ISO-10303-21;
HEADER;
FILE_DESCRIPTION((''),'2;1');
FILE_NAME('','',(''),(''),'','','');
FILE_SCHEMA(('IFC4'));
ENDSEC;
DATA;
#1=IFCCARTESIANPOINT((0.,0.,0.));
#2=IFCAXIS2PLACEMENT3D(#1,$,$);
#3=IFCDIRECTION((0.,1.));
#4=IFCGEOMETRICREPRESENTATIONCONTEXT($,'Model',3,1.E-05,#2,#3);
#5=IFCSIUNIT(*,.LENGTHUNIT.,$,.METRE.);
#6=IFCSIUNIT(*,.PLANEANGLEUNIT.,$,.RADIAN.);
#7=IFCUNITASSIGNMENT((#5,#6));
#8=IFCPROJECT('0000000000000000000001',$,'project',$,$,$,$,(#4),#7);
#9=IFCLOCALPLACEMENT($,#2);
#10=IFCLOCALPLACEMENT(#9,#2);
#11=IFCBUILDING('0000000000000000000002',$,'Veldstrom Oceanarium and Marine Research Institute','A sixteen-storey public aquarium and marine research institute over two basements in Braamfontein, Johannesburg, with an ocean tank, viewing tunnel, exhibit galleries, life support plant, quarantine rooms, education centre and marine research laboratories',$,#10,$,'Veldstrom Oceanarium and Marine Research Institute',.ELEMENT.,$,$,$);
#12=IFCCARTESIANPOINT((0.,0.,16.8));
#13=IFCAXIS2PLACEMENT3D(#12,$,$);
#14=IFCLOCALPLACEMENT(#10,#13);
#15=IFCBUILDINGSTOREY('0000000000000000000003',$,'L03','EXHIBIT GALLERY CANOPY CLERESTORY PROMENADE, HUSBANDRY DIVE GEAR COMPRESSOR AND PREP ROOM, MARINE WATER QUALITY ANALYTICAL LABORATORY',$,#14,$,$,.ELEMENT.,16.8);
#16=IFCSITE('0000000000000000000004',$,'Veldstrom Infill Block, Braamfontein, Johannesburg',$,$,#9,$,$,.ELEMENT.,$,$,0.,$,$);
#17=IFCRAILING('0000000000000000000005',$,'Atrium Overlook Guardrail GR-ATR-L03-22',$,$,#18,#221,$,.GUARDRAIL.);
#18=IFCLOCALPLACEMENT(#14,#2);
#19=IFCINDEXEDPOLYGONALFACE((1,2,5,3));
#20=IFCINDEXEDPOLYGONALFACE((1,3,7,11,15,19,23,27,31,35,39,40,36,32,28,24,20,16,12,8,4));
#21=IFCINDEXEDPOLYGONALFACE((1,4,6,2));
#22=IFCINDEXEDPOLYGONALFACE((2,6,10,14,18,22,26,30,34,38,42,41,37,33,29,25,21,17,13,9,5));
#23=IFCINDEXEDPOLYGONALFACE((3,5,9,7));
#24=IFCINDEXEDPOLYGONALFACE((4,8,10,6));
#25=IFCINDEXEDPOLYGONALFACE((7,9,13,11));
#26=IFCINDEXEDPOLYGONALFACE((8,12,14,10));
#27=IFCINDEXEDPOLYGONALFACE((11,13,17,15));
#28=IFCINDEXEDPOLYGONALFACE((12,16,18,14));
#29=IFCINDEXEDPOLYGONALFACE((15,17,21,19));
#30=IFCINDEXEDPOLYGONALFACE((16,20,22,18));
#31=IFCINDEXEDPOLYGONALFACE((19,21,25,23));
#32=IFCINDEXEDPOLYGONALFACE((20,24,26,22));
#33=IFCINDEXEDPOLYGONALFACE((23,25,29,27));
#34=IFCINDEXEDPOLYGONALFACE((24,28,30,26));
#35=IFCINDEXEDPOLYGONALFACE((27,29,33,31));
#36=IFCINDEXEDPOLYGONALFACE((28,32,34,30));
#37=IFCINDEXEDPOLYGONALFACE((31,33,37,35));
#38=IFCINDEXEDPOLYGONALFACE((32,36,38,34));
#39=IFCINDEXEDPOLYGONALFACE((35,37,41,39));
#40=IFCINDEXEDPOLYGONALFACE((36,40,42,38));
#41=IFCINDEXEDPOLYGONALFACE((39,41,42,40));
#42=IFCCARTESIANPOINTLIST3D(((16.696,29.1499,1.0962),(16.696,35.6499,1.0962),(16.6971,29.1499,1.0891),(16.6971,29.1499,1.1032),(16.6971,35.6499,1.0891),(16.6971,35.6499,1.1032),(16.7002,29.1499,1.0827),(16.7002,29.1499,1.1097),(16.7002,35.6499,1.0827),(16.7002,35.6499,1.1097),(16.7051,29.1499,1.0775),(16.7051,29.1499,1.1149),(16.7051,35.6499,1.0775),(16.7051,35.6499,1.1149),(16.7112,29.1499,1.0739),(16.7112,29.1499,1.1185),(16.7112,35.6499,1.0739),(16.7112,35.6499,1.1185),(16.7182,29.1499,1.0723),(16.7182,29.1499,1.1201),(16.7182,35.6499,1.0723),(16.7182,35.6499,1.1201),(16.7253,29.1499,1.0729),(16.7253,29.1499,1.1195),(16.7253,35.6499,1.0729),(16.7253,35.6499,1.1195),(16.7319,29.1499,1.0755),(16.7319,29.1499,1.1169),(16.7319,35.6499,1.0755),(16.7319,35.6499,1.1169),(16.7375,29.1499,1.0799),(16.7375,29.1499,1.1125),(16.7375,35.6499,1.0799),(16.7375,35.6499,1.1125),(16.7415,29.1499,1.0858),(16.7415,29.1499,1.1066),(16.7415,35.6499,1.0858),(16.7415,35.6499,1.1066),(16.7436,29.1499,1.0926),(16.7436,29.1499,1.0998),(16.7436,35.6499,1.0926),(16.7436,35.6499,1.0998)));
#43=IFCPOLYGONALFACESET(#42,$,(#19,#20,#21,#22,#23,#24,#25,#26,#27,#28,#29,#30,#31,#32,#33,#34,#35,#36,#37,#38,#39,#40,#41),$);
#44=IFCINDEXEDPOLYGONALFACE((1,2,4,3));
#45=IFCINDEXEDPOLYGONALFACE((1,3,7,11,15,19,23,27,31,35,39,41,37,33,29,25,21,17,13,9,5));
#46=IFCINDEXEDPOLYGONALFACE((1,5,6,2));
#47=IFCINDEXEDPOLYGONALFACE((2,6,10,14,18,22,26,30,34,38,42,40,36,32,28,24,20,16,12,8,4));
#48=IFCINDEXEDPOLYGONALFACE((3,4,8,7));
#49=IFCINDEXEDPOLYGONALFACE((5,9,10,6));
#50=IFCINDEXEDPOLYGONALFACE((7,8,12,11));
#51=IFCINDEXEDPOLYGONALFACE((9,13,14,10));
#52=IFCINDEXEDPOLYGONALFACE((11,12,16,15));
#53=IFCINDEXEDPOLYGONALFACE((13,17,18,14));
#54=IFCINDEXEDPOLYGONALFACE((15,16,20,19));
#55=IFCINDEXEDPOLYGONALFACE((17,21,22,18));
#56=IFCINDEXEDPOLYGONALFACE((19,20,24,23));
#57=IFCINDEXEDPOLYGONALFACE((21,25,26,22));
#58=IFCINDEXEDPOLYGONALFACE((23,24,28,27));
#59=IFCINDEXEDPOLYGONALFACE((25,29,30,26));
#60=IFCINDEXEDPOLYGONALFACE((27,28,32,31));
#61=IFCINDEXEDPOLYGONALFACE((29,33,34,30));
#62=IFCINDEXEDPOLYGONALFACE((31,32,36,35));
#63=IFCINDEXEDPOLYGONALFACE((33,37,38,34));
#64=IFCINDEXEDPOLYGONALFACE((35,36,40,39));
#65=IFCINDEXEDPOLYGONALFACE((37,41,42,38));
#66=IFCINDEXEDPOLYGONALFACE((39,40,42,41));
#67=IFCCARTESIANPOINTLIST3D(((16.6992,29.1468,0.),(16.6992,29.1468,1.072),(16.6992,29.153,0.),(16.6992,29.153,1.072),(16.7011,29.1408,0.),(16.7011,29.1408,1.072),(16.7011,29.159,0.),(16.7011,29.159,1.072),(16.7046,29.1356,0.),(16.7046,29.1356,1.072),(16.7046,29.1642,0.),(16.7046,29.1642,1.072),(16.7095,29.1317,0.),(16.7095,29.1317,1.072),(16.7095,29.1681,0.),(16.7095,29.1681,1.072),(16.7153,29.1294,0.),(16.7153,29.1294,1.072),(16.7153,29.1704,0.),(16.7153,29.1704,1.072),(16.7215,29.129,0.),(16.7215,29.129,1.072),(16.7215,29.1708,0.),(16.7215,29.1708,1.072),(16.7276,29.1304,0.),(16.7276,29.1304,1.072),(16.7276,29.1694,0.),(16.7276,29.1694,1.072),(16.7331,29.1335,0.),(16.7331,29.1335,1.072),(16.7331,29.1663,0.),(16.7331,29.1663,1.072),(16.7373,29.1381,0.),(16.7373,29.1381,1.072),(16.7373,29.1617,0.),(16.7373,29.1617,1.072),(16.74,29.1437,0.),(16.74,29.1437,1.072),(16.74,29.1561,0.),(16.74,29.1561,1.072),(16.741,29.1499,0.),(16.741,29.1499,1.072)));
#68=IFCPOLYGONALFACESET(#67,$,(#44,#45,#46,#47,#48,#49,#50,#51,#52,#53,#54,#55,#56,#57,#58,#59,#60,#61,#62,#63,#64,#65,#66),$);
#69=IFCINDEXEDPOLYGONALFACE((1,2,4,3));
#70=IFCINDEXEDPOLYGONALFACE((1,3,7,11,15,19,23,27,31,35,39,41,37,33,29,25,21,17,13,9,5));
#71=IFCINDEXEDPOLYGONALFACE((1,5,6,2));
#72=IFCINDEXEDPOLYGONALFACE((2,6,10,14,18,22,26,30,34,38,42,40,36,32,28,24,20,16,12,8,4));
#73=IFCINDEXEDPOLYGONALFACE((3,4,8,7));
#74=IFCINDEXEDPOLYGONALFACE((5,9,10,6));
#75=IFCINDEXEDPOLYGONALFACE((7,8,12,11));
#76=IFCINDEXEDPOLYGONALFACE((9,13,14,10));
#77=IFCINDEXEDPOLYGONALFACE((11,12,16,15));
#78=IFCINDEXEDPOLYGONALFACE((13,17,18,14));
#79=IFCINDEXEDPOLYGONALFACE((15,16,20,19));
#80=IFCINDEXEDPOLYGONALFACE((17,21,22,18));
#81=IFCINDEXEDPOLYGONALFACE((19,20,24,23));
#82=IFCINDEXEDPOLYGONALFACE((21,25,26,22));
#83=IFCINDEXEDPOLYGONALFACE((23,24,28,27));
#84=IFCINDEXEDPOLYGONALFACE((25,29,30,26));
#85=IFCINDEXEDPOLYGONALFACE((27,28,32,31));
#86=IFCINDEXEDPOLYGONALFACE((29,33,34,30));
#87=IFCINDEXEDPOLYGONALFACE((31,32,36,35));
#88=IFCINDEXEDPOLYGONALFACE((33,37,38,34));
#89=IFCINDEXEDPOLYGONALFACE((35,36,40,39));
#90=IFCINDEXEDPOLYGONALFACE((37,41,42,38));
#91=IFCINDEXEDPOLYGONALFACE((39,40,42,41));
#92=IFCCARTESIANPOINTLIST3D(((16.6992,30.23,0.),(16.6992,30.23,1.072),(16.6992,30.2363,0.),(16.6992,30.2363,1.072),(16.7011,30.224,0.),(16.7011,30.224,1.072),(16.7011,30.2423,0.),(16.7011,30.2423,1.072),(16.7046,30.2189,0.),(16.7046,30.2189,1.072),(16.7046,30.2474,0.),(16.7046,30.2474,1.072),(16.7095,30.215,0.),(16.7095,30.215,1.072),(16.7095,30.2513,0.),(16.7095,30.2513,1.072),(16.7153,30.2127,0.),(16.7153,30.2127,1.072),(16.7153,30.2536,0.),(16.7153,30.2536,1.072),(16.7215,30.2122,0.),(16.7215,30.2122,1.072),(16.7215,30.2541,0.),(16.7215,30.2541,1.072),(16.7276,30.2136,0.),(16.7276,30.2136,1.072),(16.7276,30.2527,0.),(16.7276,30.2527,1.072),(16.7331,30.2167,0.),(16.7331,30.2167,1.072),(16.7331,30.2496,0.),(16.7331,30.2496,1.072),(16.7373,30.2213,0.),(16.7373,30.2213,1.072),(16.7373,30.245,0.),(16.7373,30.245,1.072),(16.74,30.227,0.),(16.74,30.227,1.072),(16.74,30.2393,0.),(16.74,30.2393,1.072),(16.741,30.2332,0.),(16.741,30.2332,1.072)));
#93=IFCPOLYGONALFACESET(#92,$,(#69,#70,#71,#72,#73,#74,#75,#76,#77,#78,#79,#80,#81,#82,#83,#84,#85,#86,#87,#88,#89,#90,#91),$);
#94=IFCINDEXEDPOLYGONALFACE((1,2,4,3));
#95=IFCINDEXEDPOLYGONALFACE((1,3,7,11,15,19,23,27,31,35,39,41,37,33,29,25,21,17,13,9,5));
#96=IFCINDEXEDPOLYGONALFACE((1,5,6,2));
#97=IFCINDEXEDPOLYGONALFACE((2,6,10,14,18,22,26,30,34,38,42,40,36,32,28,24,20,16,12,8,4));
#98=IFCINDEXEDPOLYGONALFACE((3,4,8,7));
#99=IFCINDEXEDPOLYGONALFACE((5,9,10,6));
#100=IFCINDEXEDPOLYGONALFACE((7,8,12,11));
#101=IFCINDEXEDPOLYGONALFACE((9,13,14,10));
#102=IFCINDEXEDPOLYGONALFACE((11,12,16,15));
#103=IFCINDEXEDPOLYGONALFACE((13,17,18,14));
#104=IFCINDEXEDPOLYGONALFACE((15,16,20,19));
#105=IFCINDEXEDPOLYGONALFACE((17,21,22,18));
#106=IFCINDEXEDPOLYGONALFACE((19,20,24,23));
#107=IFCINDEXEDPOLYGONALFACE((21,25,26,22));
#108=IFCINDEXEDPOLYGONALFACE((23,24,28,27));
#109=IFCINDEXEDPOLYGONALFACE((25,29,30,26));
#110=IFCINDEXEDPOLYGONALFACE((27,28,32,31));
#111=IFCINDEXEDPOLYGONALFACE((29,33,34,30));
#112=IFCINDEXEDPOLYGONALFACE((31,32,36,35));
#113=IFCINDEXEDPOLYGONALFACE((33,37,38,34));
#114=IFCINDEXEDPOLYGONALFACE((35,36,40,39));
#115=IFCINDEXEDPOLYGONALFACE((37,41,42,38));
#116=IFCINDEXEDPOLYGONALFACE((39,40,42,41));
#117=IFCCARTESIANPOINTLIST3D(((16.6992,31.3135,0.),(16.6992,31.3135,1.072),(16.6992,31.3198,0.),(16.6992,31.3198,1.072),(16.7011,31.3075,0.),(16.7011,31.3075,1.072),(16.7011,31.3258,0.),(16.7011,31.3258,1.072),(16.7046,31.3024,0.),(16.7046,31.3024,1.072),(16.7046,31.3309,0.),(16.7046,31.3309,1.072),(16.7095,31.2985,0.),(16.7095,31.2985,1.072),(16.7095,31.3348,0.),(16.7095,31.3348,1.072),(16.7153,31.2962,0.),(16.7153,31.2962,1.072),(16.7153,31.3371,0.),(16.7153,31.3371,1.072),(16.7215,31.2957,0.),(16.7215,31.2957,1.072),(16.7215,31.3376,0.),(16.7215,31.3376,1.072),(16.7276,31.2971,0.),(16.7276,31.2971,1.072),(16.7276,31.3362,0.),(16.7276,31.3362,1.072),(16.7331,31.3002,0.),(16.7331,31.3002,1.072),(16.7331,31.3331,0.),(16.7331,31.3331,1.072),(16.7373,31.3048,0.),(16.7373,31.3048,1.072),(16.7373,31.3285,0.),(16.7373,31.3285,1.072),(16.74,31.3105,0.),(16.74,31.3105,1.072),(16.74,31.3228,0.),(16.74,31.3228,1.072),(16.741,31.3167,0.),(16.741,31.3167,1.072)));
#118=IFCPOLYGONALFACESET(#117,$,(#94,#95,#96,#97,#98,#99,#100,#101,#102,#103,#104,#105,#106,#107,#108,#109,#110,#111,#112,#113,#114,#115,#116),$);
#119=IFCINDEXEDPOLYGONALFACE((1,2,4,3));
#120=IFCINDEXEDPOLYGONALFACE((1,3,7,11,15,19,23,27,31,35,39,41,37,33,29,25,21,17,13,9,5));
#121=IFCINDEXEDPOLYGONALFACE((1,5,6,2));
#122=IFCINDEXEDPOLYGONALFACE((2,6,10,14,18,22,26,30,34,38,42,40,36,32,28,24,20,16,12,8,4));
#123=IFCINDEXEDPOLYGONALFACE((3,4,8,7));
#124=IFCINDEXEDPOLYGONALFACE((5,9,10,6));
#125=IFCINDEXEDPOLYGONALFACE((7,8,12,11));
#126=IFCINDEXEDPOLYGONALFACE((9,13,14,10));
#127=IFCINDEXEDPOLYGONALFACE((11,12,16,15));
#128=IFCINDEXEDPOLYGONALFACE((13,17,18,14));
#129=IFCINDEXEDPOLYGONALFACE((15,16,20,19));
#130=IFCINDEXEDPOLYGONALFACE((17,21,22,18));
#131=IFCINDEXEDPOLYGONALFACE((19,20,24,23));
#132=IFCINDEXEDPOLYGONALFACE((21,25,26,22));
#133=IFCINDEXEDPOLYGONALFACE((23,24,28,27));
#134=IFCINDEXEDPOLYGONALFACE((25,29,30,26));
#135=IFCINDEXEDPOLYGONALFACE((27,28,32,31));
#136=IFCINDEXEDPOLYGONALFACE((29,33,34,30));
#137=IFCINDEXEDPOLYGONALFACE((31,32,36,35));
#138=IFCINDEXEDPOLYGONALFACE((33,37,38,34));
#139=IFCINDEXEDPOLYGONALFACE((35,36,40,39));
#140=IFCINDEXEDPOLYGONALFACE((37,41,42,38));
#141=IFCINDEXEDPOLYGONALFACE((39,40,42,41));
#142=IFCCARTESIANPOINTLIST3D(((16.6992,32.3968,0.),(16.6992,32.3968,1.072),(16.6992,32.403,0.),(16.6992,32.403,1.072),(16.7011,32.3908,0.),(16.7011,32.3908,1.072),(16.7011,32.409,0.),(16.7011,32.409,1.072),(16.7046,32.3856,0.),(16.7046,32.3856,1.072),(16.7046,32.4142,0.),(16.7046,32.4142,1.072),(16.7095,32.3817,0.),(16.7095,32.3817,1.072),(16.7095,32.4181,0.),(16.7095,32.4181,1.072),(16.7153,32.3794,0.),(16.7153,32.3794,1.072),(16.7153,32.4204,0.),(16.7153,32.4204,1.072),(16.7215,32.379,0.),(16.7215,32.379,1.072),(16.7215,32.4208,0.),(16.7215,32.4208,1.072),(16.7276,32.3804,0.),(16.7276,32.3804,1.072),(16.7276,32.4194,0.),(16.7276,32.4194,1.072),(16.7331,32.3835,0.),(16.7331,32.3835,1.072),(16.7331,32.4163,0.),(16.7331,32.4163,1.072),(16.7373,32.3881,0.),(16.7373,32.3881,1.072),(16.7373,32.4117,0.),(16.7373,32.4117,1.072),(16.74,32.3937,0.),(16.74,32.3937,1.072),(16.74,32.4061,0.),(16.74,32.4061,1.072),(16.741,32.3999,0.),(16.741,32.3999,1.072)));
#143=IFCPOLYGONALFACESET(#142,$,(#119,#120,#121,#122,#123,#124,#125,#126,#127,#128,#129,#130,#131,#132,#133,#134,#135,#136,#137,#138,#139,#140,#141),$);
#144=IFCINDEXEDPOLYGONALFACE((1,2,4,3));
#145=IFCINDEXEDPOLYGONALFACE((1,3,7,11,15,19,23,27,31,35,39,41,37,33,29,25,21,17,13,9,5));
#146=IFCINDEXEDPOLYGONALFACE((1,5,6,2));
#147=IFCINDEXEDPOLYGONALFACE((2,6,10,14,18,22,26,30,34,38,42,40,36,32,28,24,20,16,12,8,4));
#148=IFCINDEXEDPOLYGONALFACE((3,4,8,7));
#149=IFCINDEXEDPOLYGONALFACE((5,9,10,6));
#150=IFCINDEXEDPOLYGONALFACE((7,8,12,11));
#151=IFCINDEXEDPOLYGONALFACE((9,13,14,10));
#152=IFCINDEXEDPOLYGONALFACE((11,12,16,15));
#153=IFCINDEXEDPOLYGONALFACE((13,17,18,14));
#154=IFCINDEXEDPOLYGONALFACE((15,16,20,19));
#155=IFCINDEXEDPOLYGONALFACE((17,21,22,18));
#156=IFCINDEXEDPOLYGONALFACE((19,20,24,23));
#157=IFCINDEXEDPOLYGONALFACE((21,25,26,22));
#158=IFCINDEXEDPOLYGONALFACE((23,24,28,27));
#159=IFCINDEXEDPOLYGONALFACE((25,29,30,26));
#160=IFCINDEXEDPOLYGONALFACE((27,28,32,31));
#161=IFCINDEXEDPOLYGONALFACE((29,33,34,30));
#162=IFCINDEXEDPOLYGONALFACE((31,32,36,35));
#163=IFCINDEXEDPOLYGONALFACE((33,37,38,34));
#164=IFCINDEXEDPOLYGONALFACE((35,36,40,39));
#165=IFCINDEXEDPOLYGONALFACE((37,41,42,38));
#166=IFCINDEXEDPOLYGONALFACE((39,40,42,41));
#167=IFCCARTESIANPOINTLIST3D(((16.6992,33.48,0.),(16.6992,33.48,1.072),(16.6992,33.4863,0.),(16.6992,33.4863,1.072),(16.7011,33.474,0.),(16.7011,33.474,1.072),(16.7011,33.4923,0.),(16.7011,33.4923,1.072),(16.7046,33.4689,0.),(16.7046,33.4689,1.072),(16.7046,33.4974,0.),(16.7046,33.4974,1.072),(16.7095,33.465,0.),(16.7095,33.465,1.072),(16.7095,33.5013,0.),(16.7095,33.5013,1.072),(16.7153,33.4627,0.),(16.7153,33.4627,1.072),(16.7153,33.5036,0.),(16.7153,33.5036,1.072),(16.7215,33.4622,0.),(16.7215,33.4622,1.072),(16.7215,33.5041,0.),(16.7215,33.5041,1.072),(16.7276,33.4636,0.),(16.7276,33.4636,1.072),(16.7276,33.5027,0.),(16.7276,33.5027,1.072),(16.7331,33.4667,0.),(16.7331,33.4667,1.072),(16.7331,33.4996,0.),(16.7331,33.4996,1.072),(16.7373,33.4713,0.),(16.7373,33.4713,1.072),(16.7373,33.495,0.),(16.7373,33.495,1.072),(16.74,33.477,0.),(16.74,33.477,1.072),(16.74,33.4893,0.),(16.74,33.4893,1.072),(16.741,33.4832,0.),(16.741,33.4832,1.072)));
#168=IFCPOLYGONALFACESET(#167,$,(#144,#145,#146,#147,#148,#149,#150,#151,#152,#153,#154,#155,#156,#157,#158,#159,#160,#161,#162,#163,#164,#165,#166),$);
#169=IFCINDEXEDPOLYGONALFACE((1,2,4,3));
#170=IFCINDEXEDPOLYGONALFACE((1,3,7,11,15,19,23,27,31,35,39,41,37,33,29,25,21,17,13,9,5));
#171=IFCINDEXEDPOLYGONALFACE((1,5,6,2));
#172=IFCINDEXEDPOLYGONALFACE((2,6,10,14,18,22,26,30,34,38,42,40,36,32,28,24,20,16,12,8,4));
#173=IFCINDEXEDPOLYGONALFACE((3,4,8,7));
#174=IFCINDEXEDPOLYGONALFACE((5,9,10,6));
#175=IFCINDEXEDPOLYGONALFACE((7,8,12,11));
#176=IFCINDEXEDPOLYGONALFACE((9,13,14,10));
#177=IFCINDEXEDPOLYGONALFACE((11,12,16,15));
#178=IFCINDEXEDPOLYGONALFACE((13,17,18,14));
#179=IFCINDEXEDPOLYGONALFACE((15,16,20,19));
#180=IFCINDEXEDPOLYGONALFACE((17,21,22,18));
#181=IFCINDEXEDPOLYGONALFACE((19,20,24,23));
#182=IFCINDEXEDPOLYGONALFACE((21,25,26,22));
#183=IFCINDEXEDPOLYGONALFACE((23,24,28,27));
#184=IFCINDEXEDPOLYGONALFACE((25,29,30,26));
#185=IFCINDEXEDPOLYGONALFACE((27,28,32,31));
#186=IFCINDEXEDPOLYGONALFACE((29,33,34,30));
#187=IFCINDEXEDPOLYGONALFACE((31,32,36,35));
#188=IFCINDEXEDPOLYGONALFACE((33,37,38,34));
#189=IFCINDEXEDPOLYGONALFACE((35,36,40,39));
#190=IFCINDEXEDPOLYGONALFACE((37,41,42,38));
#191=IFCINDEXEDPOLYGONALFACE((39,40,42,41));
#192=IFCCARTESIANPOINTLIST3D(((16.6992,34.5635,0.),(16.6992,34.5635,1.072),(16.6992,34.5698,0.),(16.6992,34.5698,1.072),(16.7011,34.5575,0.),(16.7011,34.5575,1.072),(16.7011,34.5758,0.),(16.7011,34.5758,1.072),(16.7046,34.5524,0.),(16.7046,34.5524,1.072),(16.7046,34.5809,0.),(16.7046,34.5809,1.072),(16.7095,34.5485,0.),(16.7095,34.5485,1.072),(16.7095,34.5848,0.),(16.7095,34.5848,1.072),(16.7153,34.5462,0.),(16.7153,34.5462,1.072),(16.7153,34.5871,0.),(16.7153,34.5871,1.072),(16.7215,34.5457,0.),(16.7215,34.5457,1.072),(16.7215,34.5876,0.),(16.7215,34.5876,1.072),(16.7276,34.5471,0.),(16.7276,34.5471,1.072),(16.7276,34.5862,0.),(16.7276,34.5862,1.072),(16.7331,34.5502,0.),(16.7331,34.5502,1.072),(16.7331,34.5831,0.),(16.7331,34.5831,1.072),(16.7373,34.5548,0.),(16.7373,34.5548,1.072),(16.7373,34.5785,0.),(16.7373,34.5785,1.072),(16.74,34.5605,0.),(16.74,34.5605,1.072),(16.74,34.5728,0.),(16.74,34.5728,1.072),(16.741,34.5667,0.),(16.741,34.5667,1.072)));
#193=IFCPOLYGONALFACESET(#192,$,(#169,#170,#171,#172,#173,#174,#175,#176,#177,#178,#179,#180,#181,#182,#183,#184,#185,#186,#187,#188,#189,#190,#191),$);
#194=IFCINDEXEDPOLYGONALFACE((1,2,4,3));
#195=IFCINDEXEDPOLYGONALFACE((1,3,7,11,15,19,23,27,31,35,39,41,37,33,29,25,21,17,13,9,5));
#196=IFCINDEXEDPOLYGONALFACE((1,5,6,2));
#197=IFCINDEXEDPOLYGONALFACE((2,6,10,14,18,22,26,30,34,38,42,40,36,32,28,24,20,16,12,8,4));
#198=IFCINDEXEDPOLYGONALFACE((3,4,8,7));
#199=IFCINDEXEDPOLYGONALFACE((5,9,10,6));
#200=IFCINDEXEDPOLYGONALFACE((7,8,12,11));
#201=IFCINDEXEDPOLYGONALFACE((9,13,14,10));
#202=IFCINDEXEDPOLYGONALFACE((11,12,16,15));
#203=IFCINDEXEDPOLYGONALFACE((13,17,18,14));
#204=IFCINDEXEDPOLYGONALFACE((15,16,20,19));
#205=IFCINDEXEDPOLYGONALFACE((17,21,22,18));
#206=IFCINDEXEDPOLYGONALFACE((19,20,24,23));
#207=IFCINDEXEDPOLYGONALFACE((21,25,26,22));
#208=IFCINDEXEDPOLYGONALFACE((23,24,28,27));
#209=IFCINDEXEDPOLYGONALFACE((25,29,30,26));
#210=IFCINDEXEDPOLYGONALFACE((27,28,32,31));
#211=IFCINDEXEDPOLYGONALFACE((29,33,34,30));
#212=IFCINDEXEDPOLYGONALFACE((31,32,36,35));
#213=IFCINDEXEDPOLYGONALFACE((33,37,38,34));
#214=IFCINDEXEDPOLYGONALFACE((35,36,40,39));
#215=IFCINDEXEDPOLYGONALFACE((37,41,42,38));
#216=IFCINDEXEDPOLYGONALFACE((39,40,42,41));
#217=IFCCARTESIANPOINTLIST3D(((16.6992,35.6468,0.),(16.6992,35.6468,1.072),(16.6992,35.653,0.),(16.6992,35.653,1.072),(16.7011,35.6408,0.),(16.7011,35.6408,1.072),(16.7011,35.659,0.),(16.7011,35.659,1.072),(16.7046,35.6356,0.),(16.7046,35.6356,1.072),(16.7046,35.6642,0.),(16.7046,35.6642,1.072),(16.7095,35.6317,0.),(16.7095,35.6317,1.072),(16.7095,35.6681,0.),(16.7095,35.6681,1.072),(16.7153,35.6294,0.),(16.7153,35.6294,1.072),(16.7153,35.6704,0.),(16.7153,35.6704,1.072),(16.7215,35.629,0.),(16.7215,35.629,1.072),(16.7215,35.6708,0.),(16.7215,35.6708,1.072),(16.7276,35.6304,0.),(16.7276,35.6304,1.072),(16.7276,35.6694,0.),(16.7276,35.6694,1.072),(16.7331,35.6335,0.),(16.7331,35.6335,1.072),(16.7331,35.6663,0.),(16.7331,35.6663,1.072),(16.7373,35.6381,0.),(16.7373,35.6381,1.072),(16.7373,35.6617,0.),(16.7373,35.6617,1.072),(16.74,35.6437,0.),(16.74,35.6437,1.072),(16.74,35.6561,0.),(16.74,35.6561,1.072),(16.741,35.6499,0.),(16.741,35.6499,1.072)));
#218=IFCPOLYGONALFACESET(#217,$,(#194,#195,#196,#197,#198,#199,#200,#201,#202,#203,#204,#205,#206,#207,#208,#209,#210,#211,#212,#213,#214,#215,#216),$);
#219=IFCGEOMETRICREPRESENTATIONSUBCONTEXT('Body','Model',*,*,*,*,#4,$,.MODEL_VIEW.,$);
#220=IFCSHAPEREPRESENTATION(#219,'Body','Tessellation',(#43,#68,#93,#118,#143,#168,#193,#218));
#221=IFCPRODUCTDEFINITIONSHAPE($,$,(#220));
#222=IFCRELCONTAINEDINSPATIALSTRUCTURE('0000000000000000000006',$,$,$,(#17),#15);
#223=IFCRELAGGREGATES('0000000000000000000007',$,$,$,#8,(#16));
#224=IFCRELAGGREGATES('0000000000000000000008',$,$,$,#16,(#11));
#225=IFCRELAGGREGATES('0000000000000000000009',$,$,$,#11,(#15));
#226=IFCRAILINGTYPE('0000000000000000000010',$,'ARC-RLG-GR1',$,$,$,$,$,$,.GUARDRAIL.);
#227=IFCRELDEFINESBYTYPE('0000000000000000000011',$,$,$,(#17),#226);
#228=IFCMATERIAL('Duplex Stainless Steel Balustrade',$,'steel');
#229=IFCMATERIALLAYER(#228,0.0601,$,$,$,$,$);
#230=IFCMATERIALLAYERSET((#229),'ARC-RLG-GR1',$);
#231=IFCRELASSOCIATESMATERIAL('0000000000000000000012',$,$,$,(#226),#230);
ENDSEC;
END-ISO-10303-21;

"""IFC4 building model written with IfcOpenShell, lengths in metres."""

from ifc_helpers import new_model, si_unit, direction, frame, origin, origin_2d, place, context, subcontext, project, spatial, circle, extrude, material, layer, layer_set, type_object, element, save


model = new_model("IFC4")

# Units and contexts
model_context = context("Model", 3, precision=1e-05, world=origin(), true_north=direction((0.0, 1.0)))
body_context = subcontext(model_context, "Body", "Model", "MODEL_VIEW")
ifc_project = project(units=[si_unit("LENGTHUNIT", "METRE"), si_unit("PLANEANGLEUNIT", "RADIAN")], contexts=[model_context])

# Site, building, storey
site_placement = place(None, origin())
site = spatial("IfcSite", under=ifc_project, at=site_placement, Name="Veldstrom Infill Block, Braamfontein, Johannesburg", CompositionType="ELEMENT", RefElevation=0.0)
building_placement = place(site_placement, origin())
building = spatial("IfcBuilding", under=site, at=building_placement, Name="Veldstrom Oceanarium and Marine Research Institute", Description="A sixteen-storey public aquarium and marine research institute over two basements in Braamfontein, Johannesburg, with an ocean tank, viewing tunnel, exhibit galleries, life support plant, quarantine rooms, education centre and marine research laboratories", LongName="Veldstrom Oceanarium and Marine Research Institute", CompositionType="ELEMENT")
storey_placement = place(building_placement, frame((0.0, 0.0, 16.8)))
storey = spatial("IfcBuildingStorey", under=building, at=storey_placement, Name="L03", Description="EXHIBIT GALLERY CANOPY CLERESTORY PROMENADE, HUSBANDRY DIVE GEAR COMPRESSOR AND PREP ROOM, MARINE WATER QUALITY ANALYTICAL LABORATORY", CompositionType="ELEMENT", Elevation=16.8)

# Railing
ifc_material_1 = material(Name="Duplex Stainless Steel Balustrade", Category="steel")
ifc_layer_1 = layer(ifc_material_1, 0.0601)
ifc_layer_set_1 = layer_set([ifc_layer_1], Name="ARC-RLG-GR1")
railing_type = type_object("IfcRailingType", Name="ARC-RLG-GR1", PredefinedType="GUARDRAIL", material=ifc_layer_set_1)
railing_placement = place(storey_placement, frame((16.72, 29.1499, 0.0)))
element("IfcRailing", 1, at=railing_placement, inside=storey, type_object=railing_type, Name="Atrium Overlook Guardrail GR-ATR-L03-22", PredefinedType="GUARDRAIL", context=body_context, shape_type="SweptSolid", body=[
    extrude(circle(Radius=0.0239, at=origin_2d()), frame((0.0, 0.0, 1.0962), z_axis=(0.0, 1.0, 0.0), x_axis=(-1.0, 0.0, 0.0)), (0.0, 0.0, 1.0), 6.5),
    extrude(circle(Radius=0.021, at=origin_2d()), origin(), (0.0, 0.0, 1.0), 1.072),
    extrude(circle(Radius=0.021, at=origin_2d()), frame((0.0, 1.0833, 0.0)), (0.0, 0.0, 1.0), 1.072),
    extrude(circle(Radius=0.021, at=origin_2d()), frame((0.0, 2.1667, 0.0)), (0.0, 0.0, 1.0), 1.072),
    extrude(circle(Radius=0.021, at=origin_2d()), frame((0.0, 3.25, 0.0)), (0.0, 0.0, 1.0), 1.072),
    extrude(circle(Radius=0.021, at=origin_2d()), frame((0.0, 4.3333, 0.0)), (0.0, 0.0, 1.0), 1.072),
    extrude(circle(Radius=0.021, at=origin_2d()), frame((0.0, 5.4167, 0.0)), (0.0, 0.0, 1.0), 1.072),
    extrude(circle(Radius=0.021, at=origin_2d()), frame((0.0, 6.5, 0.0)), (0.0, 0.0, 1.0), 1.072),
])

save(model, "model.ifc")
